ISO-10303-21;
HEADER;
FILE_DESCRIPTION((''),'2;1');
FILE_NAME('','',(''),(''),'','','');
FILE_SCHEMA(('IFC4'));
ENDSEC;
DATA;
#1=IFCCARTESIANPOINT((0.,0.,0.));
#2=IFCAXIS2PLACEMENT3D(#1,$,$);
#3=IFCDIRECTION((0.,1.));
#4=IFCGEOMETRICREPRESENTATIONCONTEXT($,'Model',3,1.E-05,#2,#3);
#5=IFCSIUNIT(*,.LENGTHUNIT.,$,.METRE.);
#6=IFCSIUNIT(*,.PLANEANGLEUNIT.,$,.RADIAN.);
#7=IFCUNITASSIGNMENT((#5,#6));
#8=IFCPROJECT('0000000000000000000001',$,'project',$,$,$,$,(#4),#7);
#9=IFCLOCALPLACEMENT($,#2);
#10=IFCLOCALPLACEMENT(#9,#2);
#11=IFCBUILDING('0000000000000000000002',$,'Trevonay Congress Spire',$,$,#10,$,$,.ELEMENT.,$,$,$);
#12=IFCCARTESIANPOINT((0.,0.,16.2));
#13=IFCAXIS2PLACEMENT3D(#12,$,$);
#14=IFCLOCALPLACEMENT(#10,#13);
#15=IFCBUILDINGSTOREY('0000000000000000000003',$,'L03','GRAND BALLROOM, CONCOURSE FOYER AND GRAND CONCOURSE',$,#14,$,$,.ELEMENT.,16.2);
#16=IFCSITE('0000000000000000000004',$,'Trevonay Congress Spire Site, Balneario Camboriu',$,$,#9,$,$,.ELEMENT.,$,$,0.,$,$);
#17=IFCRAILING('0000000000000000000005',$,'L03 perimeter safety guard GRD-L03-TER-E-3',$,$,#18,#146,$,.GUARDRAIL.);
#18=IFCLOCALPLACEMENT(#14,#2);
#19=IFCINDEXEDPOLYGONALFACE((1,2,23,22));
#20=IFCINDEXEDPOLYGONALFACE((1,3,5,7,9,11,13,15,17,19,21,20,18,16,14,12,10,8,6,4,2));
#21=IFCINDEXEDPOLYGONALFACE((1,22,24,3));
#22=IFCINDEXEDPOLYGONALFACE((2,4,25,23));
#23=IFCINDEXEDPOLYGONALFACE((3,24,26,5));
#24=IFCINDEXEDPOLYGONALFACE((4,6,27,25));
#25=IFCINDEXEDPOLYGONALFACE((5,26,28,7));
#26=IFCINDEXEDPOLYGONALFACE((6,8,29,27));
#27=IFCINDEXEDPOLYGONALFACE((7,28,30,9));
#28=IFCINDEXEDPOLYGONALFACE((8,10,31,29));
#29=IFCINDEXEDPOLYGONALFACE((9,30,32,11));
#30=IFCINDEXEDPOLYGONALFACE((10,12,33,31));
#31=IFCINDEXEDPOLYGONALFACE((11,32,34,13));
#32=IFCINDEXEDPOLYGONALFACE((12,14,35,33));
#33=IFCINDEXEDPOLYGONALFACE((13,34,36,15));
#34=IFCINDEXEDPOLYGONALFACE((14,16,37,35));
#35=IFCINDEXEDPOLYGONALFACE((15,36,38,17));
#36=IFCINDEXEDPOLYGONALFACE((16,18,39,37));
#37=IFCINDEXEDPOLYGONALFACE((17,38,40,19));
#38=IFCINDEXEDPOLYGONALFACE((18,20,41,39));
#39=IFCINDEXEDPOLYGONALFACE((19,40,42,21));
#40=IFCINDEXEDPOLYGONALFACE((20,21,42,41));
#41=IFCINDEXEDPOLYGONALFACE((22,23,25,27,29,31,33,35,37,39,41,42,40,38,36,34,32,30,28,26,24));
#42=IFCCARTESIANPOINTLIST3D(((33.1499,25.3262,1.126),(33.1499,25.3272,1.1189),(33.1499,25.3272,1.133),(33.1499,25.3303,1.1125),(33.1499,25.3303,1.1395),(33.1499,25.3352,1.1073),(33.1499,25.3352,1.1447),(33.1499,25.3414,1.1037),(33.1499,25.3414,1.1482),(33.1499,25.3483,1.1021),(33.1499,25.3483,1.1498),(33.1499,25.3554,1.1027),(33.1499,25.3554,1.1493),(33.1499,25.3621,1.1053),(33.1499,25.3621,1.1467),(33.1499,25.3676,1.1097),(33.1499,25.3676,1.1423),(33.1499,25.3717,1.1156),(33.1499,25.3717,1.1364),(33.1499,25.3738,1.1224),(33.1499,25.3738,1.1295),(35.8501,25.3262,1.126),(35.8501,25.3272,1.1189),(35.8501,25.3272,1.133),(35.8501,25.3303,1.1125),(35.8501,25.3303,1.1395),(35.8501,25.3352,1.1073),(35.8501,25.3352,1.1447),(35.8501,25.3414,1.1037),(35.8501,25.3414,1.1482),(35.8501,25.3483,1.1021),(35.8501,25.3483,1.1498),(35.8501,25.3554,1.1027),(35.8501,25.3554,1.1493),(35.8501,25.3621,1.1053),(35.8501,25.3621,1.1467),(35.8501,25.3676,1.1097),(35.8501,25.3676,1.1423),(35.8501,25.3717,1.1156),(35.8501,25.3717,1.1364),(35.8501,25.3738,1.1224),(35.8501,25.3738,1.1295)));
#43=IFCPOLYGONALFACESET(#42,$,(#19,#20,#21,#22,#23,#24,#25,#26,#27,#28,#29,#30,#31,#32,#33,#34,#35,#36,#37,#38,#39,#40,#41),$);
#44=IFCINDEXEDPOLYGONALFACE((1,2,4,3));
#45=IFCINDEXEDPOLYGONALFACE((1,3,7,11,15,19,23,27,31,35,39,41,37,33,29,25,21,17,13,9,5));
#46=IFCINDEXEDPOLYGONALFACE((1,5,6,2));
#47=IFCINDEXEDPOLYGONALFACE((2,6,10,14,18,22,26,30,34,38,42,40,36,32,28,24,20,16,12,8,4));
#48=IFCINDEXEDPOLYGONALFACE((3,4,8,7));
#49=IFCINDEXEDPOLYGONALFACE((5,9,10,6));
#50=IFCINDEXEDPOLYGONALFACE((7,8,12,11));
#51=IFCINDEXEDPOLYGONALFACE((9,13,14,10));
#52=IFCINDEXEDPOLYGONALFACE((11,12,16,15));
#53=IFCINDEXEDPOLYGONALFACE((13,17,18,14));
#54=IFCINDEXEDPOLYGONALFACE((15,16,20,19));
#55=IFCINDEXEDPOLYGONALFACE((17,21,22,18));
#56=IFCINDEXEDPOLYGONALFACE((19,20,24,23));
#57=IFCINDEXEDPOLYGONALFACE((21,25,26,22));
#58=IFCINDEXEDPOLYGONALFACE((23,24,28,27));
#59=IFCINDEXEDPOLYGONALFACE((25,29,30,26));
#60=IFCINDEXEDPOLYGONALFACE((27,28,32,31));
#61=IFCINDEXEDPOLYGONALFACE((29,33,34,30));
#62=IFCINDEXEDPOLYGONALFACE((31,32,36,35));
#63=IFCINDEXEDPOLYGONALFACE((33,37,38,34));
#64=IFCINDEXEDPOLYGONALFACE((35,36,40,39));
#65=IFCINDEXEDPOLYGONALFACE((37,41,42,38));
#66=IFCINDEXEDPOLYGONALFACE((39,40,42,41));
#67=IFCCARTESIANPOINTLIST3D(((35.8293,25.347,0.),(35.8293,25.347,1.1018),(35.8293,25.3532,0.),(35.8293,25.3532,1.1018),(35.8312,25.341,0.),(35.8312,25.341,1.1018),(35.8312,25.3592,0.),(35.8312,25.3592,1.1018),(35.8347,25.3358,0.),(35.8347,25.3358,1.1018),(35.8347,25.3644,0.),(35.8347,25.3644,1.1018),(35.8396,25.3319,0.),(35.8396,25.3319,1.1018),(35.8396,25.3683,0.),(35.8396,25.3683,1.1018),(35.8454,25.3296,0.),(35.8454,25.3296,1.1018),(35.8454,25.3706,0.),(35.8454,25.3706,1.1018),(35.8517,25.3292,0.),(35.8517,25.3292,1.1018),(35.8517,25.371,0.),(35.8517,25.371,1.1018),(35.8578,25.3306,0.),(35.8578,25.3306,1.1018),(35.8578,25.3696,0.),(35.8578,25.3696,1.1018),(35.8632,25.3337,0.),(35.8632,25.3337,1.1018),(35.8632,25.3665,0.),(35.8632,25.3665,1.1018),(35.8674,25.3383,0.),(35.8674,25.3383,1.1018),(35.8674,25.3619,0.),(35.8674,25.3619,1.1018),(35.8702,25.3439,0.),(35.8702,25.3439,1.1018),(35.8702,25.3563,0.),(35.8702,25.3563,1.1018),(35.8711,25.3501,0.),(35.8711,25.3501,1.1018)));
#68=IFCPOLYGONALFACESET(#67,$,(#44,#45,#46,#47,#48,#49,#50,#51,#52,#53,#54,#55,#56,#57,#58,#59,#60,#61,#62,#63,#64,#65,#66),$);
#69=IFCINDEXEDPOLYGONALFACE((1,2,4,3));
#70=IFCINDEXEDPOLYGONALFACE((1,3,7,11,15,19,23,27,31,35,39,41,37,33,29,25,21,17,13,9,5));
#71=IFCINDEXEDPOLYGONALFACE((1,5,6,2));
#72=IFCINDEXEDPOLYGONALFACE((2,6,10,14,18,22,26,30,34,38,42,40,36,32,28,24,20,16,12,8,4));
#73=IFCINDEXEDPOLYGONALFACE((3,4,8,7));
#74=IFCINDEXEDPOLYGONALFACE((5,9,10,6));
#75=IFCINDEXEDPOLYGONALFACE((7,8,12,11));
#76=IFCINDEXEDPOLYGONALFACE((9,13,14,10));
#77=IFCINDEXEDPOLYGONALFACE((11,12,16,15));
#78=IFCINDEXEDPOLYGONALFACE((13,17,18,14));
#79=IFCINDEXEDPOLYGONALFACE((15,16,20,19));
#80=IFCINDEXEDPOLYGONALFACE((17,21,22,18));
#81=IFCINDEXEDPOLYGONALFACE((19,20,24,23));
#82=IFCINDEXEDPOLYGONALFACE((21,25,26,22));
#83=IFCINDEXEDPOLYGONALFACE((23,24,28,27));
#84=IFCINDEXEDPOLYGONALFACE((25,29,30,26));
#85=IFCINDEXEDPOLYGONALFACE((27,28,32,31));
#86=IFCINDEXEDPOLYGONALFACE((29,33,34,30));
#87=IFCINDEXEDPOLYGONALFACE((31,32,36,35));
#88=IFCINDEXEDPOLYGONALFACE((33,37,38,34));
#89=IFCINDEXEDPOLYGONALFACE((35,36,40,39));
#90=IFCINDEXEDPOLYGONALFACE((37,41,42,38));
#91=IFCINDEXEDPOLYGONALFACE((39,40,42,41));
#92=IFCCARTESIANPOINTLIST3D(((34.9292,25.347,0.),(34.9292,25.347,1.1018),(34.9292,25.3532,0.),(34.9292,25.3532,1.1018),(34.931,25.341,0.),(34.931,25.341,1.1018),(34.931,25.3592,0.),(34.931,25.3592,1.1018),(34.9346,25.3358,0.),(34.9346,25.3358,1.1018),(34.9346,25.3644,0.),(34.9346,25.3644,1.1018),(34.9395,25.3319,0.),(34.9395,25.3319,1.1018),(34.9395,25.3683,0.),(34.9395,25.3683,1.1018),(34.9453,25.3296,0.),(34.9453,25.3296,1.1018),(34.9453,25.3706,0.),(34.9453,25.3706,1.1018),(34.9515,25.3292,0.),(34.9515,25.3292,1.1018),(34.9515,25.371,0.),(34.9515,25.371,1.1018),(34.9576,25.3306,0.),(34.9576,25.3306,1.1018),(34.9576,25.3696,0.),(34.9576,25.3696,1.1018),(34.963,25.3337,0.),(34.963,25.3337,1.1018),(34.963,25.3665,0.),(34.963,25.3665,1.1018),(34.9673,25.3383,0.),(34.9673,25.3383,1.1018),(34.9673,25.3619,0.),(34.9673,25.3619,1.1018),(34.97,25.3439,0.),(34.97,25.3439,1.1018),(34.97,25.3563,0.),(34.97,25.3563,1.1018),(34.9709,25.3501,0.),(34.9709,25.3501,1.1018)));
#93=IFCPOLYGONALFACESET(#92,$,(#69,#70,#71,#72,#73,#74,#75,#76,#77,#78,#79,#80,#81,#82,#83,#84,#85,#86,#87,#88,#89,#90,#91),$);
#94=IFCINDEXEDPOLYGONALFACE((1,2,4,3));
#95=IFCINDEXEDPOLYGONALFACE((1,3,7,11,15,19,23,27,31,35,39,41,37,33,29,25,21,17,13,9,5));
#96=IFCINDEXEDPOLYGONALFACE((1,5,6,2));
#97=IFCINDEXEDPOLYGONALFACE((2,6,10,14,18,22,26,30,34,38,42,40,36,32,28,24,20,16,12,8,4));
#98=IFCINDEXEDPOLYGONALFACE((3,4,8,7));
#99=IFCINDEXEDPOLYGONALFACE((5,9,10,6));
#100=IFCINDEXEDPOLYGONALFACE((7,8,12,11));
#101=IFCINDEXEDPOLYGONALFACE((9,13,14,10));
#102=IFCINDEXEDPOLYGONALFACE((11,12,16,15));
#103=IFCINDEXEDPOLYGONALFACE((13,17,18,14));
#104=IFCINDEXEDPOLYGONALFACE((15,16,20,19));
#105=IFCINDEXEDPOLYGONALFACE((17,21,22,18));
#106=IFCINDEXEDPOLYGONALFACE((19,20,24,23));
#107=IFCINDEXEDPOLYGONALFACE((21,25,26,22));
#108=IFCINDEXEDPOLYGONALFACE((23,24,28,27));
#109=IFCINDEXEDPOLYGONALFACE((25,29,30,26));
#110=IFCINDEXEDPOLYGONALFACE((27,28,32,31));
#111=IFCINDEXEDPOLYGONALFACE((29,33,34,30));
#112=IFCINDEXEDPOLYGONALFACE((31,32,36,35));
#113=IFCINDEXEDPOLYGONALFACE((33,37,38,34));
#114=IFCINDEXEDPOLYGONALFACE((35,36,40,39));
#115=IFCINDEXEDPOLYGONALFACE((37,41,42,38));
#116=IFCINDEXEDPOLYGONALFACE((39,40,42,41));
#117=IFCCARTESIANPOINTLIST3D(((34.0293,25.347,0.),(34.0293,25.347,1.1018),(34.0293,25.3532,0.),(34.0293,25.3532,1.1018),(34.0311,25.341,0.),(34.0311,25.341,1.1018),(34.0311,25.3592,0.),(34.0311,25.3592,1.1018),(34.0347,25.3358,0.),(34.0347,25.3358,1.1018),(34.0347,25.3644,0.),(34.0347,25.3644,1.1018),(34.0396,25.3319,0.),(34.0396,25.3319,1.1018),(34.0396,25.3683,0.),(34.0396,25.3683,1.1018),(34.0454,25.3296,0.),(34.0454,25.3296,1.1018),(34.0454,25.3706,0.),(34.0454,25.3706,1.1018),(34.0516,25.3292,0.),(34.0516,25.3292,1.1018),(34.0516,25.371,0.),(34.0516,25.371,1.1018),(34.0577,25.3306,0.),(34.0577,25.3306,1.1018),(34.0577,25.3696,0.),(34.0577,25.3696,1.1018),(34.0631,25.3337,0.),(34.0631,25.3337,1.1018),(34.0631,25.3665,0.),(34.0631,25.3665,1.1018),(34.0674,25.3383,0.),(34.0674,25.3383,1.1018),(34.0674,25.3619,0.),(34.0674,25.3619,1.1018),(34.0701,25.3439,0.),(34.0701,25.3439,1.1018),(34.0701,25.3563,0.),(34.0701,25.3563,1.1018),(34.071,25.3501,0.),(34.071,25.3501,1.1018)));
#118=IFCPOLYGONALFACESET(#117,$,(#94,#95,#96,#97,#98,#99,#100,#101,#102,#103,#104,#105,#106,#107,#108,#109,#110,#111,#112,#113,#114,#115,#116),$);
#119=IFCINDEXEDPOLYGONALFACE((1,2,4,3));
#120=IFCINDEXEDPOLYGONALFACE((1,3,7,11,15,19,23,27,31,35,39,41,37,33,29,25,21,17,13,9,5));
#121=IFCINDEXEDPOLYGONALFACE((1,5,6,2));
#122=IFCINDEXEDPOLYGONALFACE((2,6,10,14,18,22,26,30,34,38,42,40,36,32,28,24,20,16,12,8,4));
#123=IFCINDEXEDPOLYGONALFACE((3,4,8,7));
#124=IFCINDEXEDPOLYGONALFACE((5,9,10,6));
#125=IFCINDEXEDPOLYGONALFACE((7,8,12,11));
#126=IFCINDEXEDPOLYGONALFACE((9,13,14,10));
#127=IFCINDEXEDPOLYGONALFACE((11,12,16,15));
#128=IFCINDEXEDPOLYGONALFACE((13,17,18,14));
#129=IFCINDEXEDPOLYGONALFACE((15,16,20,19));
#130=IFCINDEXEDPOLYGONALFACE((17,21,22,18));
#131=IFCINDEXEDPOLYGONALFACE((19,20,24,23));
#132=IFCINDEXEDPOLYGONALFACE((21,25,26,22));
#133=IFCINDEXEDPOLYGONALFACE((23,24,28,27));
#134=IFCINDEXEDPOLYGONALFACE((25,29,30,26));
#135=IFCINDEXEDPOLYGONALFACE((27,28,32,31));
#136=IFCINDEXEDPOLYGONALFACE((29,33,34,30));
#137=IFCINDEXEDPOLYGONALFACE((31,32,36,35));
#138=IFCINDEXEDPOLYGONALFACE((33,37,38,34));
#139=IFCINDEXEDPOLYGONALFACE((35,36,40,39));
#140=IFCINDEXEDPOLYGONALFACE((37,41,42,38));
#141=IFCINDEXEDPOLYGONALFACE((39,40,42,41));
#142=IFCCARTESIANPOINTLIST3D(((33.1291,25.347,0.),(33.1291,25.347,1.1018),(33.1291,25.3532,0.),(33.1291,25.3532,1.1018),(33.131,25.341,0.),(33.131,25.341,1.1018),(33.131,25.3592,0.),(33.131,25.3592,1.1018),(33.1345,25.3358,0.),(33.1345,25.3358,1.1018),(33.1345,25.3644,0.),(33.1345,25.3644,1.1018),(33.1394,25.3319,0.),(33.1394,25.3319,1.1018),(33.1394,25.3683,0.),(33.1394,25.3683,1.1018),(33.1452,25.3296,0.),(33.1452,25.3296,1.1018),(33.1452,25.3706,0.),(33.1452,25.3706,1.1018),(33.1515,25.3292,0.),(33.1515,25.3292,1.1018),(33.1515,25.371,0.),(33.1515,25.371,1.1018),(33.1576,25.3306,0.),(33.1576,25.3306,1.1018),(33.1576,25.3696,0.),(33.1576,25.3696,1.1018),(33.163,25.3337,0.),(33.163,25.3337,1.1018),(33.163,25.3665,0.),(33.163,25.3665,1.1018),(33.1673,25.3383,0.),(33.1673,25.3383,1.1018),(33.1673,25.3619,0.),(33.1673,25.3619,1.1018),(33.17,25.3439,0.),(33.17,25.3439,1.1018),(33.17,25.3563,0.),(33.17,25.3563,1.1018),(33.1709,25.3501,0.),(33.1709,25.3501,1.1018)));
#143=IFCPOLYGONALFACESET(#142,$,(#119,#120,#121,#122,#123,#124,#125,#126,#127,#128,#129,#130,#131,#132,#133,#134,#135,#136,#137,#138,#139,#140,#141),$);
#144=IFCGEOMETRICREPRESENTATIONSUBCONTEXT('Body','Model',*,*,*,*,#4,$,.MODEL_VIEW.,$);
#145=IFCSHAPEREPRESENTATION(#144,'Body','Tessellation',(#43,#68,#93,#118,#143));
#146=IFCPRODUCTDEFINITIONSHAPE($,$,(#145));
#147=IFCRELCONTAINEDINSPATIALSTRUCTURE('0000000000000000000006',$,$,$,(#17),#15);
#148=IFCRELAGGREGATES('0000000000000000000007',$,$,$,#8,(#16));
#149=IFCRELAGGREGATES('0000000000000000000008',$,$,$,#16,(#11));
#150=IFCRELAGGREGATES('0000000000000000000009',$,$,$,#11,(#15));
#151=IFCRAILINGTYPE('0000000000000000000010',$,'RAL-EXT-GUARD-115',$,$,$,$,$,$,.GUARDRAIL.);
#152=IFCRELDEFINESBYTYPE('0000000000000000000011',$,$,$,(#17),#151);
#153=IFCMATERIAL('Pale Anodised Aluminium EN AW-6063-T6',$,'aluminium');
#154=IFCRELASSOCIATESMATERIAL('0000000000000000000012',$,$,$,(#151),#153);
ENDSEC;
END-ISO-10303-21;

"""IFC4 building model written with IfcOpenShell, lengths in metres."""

from ifc_helpers import new_model, si_unit, direction, frame, origin, origin_2d, place, context, subcontext, project, spatial, circle, extrude, material, type_object, element, save


model = new_model("IFC4")

# Units and contexts
model_context = context("Model", 3, precision=1e-05, world=origin(), true_north=direction((0.0, 1.0)))
body_context = subcontext(model_context, "Body", "Model", "MODEL_VIEW")
ifc_project = project(units=[si_unit("LENGTHUNIT", "METRE"), si_unit("PLANEANGLEUNIT", "RADIAN")], contexts=[model_context])

# Site, building, storey
site_placement = place(None, origin())
site = spatial("IfcSite", under=ifc_project, at=site_placement, Name="Trevonay Congress Spire Site, Balneario Camboriu", CompositionType="ELEMENT", RefElevation=0.0)
building_placement = place(site_placement, origin())
building = spatial("IfcBuilding", under=site, at=building_placement, Name="Trevonay Congress Spire", CompositionType="ELEMENT")
storey_placement = place(building_placement, frame((0.0, 0.0, 16.2)))
storey = spatial("IfcBuildingStorey", under=building, at=storey_placement, Name="L03", Description="GRAND BALLROOM, CONCOURSE FOYER AND GRAND CONCOURSE", CompositionType="ELEMENT", Elevation=16.2)

# Shared definitions
ifc_material_1 = material(Name="Pale Anodised Aluminium EN AW-6063-T6", Category="aluminium")

# Railing
railing_type_1 = type_object("IfcRailingType", Name="RAL-EXT-GUARD-115", PredefinedType="GUARDRAIL", material=ifc_material_1)
railing_1_placement = place(storey_placement, frame((35.8501, 25.3501, 0.0)))
element("IfcRailing", 1, at=railing_1_placement, inside=storey, type_object=railing_type_1, Name="L03 perimeter safety guard GRD-L03-TER-E-3", PredefinedType="GUARDRAIL", context=body_context, shape_type="SweptSolid", body=[
    extrude(circle(Radius=0.0239, at=origin_2d()), frame((0.0, 0.0, 1.126), z_axis=(-1.0, 0.0, 0.0), x_axis=(0.0, -1.0, 0.0)), (0.0, 0.0, 1.0), 2.7002),
    extrude(circle(Radius=0.021, at=origin_2d()), origin(), (0.0, 0.0, 1.0), 1.1018),
    extrude(circle(Radius=0.021, at=origin_2d()), frame((-0.9001, 0.0, 0.0)), (0.0, 0.0, 1.0), 1.1018),
    extrude(circle(Radius=0.021, at=origin_2d()), frame((-1.8, 0.0, 0.0)), (0.0, 0.0, 1.0), 1.1018),
    extrude(circle(Radius=0.021, at=origin_2d()), frame((-2.7002, 0.0, 0.0)), (0.0, 0.0, 1.0), 1.1018),
])

save(model, "model.ifc")
